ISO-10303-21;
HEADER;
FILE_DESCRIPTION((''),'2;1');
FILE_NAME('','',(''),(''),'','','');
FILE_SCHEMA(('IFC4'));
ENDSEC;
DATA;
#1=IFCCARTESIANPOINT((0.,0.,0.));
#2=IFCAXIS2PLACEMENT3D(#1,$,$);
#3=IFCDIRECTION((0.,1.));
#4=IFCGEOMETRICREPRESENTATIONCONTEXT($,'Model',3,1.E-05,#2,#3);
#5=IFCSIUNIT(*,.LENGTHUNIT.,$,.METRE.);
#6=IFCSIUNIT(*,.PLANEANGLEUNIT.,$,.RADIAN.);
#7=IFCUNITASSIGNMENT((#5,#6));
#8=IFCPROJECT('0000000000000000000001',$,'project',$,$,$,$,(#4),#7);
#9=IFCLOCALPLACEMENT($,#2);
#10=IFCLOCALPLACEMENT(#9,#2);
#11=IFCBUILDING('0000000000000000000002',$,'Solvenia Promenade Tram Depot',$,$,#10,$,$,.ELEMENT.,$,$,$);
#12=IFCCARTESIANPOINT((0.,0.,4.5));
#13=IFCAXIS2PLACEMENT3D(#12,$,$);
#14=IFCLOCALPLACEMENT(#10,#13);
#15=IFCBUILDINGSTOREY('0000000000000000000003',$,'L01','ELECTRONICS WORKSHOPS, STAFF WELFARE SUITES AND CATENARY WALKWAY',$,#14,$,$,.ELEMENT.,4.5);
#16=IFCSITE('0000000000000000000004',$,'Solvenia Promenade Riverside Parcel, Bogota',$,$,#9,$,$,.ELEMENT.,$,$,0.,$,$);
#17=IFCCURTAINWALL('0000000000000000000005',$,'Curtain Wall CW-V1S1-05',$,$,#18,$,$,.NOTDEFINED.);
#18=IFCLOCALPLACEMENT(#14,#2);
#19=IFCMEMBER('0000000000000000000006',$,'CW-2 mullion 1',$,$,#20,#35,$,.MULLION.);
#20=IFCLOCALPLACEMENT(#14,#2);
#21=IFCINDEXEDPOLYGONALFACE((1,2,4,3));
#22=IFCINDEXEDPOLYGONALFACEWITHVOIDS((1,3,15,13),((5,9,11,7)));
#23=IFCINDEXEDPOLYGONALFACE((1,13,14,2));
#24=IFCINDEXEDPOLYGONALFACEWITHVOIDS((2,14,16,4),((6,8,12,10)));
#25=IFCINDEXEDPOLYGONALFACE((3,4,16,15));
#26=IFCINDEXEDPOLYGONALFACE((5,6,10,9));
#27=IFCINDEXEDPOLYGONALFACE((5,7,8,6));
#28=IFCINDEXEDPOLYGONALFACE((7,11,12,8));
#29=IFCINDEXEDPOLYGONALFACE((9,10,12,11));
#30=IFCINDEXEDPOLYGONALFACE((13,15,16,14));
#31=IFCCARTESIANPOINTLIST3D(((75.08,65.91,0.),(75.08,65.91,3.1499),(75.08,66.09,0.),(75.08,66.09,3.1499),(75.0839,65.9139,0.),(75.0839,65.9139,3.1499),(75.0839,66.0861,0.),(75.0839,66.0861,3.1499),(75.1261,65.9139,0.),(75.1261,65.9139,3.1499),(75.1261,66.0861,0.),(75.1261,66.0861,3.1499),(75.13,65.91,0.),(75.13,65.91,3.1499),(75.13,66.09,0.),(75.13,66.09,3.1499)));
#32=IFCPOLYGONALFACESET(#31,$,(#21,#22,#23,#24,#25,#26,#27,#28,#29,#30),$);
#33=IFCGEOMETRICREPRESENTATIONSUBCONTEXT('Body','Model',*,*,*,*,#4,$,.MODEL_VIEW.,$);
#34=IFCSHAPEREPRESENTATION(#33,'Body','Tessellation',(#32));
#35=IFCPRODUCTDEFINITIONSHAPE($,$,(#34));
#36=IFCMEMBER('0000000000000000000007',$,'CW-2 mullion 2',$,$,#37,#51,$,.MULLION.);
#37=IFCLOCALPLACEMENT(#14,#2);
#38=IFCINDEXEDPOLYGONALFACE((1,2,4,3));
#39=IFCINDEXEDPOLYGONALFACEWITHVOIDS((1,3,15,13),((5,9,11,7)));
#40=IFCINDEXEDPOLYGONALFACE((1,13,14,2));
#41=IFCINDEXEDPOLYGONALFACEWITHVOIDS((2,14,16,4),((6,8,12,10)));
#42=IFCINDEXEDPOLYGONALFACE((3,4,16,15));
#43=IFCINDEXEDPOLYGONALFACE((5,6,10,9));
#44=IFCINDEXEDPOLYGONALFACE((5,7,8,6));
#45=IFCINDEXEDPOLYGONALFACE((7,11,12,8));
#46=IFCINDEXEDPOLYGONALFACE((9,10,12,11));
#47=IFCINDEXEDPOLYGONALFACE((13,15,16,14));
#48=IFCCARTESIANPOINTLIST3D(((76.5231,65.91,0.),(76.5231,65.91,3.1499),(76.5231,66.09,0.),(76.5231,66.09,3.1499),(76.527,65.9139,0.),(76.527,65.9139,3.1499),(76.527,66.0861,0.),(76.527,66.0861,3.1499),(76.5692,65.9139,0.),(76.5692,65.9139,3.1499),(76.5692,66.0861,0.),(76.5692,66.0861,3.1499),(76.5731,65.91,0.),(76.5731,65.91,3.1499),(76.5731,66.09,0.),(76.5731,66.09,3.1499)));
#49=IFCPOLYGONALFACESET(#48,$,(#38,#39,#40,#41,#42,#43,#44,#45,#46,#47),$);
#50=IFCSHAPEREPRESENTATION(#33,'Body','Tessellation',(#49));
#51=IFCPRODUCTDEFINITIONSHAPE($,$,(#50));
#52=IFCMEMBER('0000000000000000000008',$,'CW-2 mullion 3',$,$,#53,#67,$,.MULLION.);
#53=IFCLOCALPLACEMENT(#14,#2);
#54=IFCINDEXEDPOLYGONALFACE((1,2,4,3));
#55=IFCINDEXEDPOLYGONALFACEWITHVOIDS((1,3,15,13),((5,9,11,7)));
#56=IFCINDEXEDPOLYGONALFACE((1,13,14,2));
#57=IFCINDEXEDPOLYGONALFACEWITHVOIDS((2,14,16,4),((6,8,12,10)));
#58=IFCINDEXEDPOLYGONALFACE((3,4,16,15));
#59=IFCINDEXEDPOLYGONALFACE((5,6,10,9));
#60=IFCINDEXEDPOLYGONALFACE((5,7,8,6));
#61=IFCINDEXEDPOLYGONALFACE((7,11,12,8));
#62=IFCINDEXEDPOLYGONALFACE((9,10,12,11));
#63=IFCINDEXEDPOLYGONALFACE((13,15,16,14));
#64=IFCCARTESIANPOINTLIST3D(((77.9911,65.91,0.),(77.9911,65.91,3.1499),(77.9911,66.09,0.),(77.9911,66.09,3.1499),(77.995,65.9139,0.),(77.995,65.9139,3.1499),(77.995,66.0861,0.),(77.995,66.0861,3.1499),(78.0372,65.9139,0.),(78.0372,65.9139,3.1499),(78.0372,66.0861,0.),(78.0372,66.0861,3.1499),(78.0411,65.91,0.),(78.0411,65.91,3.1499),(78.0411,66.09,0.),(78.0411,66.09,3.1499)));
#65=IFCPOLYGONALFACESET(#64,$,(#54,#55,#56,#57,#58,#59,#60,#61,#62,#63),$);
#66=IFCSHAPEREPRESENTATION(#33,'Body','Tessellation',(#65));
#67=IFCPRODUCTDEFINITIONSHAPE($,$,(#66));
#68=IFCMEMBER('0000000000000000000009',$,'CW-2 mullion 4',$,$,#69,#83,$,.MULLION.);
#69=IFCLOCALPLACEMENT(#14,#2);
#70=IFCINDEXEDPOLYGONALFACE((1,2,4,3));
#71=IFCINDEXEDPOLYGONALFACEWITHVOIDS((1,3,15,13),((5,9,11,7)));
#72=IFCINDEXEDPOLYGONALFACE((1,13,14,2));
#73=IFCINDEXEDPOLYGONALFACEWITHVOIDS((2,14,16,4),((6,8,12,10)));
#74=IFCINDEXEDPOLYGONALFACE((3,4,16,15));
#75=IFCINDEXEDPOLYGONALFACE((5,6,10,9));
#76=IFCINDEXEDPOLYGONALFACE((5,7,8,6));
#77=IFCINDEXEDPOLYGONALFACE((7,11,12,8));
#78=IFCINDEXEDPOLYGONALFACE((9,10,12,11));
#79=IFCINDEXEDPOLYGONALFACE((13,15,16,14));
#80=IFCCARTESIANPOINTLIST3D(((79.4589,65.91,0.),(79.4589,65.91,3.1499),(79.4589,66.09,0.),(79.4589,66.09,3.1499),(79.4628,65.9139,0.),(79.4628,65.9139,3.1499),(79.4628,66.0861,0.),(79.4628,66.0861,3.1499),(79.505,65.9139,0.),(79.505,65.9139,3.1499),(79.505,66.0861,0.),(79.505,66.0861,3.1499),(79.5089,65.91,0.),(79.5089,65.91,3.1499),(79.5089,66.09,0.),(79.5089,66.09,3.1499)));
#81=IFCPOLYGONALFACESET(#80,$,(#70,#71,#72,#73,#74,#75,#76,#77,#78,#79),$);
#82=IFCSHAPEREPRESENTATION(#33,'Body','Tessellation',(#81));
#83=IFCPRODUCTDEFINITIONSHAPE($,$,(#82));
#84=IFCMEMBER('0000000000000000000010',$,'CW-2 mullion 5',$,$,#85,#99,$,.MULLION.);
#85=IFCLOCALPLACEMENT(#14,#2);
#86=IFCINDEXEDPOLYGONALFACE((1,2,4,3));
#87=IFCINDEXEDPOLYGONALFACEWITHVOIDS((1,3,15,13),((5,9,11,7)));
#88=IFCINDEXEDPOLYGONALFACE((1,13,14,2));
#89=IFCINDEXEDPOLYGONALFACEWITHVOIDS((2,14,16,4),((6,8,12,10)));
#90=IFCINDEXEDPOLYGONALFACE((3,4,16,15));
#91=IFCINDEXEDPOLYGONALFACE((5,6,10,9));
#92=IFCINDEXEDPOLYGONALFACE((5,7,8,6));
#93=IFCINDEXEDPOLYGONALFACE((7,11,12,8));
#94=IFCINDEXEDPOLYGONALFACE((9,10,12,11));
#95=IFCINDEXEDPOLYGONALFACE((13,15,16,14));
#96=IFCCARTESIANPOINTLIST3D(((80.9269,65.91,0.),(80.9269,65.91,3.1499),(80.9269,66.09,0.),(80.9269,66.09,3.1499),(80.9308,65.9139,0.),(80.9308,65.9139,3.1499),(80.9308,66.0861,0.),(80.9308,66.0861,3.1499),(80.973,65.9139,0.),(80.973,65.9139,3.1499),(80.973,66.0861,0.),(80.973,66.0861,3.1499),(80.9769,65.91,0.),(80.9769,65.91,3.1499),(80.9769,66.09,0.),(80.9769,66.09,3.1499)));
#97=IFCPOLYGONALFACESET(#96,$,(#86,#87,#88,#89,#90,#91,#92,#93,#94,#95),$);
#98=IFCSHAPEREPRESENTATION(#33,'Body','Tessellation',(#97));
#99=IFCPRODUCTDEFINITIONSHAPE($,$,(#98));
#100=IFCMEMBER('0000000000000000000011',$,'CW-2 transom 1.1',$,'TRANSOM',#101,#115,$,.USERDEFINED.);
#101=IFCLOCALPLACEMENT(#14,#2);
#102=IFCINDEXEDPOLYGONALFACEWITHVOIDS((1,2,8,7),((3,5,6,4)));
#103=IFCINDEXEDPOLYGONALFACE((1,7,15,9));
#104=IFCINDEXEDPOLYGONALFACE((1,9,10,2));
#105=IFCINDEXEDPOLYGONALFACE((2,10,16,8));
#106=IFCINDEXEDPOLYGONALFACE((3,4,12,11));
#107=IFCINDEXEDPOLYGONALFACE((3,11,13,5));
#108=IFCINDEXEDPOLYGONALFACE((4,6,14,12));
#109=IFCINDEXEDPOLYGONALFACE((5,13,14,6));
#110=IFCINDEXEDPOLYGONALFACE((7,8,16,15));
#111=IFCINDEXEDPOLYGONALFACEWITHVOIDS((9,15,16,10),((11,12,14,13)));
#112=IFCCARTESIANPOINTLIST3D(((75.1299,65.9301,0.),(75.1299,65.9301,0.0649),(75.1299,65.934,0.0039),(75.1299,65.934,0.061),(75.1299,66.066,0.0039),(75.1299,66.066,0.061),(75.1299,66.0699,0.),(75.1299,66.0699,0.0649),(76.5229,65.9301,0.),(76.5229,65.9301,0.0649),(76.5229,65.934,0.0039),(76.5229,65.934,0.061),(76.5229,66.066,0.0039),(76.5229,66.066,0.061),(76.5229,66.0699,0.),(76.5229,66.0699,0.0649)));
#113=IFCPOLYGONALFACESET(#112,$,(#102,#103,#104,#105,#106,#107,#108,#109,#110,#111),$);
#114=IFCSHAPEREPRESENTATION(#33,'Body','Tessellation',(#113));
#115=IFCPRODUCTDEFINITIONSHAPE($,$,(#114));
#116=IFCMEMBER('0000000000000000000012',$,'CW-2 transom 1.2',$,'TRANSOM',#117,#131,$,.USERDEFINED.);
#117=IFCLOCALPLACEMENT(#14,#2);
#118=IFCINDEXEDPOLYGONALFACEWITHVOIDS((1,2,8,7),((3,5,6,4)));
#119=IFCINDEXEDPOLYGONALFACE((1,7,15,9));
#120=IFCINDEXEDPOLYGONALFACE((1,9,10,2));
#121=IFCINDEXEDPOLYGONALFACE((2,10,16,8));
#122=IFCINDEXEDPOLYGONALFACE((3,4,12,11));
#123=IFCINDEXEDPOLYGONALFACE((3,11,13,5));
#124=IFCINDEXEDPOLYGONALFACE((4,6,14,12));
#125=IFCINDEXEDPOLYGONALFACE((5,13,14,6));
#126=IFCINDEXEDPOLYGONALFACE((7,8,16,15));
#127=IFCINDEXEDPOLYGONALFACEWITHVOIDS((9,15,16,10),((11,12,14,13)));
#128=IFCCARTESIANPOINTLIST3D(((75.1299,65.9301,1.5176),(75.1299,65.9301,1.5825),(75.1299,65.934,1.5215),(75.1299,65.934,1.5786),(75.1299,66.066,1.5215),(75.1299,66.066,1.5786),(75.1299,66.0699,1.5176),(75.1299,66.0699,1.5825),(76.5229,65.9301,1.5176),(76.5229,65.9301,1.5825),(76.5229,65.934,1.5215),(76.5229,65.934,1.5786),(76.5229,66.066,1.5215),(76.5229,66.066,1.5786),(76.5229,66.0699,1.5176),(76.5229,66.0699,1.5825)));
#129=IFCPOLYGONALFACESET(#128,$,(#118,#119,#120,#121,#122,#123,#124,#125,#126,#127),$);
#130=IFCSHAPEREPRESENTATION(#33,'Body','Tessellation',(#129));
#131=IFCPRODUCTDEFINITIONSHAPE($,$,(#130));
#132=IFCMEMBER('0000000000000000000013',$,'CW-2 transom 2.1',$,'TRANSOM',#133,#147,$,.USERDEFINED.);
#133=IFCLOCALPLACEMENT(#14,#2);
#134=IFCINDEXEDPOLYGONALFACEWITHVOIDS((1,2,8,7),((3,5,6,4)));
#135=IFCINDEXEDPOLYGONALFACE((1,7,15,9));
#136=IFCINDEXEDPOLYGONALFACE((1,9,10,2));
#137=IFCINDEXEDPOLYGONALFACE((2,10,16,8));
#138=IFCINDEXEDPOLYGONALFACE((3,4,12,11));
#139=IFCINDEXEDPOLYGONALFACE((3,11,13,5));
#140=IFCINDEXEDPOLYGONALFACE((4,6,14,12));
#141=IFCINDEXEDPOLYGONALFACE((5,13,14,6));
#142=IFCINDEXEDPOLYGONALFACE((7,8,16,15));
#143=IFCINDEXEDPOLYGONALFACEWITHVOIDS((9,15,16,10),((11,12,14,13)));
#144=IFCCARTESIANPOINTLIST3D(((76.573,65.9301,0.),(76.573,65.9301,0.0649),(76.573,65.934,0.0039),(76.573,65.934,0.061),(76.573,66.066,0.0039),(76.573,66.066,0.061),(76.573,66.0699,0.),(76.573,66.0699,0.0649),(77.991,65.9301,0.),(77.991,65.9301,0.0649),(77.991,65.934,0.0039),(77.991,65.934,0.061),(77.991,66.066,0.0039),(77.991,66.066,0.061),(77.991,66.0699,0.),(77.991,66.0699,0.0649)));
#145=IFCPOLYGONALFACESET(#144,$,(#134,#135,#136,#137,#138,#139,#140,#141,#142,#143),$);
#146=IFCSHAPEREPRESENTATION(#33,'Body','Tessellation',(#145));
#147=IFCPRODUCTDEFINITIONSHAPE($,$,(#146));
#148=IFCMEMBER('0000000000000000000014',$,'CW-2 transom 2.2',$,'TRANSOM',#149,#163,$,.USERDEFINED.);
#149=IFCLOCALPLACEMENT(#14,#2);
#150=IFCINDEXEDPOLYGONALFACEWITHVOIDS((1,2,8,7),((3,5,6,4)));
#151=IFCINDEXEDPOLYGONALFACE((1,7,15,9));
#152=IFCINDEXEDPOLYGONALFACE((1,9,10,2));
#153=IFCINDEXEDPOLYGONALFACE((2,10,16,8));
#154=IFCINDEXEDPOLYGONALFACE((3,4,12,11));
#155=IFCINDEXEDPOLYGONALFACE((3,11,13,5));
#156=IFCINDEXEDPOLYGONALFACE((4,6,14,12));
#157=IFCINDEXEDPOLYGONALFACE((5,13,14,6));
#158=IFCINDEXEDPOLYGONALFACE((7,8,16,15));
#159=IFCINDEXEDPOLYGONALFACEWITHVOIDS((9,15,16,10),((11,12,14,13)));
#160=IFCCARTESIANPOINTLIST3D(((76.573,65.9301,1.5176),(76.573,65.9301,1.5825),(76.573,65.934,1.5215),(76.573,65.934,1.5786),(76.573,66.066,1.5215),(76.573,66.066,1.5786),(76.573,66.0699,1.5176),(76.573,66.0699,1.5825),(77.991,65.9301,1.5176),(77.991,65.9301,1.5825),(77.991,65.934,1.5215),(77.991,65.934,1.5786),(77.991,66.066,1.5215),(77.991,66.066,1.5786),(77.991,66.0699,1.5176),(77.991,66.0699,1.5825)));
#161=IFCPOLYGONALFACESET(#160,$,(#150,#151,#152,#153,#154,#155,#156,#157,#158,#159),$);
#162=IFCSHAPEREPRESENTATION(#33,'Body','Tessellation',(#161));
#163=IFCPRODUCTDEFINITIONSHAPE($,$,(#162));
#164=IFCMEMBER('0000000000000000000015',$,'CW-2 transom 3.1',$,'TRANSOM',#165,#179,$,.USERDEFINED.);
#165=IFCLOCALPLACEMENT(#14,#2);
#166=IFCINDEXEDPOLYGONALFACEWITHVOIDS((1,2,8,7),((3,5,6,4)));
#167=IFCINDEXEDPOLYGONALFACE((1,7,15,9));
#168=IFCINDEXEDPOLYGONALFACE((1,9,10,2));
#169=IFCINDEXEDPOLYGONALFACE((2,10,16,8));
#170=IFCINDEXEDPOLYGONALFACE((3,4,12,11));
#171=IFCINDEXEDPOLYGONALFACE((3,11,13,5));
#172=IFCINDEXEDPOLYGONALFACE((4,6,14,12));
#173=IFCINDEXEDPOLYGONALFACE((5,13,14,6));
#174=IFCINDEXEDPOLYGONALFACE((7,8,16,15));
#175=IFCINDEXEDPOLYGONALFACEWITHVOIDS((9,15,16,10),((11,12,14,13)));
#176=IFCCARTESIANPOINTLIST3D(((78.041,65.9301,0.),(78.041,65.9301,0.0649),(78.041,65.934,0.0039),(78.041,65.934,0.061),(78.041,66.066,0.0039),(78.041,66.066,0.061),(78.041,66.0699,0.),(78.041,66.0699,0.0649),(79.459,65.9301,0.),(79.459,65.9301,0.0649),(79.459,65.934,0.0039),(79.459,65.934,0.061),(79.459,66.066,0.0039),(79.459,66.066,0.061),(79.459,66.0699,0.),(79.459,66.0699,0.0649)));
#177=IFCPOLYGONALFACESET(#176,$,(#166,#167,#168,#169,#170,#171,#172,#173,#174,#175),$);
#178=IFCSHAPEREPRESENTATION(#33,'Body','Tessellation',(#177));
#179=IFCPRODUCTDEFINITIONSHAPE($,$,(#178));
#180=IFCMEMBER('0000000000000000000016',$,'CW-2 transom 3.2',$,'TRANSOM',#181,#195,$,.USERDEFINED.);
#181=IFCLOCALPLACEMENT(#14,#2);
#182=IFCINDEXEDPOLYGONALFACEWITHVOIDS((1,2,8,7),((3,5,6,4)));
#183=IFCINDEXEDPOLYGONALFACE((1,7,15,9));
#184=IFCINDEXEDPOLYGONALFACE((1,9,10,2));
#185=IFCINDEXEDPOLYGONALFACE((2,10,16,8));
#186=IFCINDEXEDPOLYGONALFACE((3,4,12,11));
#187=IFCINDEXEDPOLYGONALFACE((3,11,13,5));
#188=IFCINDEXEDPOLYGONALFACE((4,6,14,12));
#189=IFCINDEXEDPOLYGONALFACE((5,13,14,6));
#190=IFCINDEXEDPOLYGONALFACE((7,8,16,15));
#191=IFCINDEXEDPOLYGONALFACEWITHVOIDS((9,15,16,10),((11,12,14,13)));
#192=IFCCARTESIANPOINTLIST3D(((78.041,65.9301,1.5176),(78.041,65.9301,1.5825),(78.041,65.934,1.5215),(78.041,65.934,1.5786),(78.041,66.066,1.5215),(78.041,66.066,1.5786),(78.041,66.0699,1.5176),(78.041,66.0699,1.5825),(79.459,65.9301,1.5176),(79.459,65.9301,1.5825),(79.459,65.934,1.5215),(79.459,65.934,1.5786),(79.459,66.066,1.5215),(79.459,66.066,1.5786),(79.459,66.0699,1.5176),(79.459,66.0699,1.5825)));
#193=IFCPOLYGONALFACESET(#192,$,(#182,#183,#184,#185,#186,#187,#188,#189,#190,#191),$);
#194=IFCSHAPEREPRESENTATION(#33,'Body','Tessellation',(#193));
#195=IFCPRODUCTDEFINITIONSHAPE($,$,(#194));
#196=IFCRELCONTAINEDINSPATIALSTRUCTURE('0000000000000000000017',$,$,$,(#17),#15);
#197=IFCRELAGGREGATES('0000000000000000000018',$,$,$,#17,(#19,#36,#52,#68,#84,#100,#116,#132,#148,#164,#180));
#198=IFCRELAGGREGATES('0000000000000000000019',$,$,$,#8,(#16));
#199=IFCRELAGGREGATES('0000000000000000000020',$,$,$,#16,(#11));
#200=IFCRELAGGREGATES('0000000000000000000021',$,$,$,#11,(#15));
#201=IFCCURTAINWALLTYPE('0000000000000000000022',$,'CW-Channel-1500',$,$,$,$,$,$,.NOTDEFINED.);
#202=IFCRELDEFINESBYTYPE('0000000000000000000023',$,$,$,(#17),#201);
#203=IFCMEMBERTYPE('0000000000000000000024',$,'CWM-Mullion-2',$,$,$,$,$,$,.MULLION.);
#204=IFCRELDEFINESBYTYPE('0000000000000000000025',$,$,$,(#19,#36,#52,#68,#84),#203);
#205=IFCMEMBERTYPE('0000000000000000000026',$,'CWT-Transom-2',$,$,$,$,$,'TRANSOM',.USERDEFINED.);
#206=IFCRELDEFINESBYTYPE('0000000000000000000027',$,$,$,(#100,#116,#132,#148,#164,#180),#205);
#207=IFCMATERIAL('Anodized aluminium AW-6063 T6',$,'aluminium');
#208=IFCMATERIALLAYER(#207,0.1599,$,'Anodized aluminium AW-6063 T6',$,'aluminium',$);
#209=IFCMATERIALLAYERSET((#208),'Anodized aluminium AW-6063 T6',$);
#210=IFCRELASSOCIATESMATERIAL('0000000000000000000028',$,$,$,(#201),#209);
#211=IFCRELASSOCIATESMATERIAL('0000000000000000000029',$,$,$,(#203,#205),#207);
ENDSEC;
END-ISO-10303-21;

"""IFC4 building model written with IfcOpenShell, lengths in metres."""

from ifc_helpers import new_model, si_unit, direction, frame, origin, origin_2d, place, context, subcontext, project, spatial, hollow_rectangle, extrude, material, layer, layer_set, material_profile, profile_set, type_object, element, aggregate, save


model = new_model("IFC4")

# Units and contexts
model_context = context("Model", 3, precision=1e-05, world=origin(), true_north=direction((0.0, 1.0)))
body_context = subcontext(model_context, "Body", "Model", "MODEL_VIEW")
ifc_project = project(units=[si_unit("LENGTHUNIT", "METRE"), si_unit("PLANEANGLEUNIT", "RADIAN")], contexts=[model_context])

# Site, building, storey
site_placement = place(None, origin())
site = spatial("IfcSite", under=ifc_project, at=site_placement, Name="Solvenia Promenade Riverside Parcel, Bogota", CompositionType="ELEMENT", RefElevation=0.0)
building_placement = place(site_placement, origin())
building = spatial("IfcBuilding", under=site, at=building_placement, Name="Solvenia Promenade Tram Depot", CompositionType="ELEMENT")
storey_placement = place(building_placement, frame((0.0, 0.0, 4.5)))
storey = spatial("IfcBuildingStorey", under=building, at=storey_placement, Name="L01", Description="ELECTRONICS WORKSHOPS, STAFF WELFARE SUITES AND CATENARY WALKWAY", CompositionType="ELEMENT", Elevation=4.5)

# Curtain wall, members
ifc_material_1 = material(Name="Anodized aluminium AW-6063 T6", Category="aluminium")
ifc_layer_1 = layer(ifc_material_1, 0.1599, Name="Anodized aluminium AW-6063 T6", Category="aluminium")
ifc_layer_set_1 = layer_set([ifc_layer_1], Name="Anodized aluminium AW-6063 T6")
curtain_wall_type = type_object("IfcCurtainWallType", Name="CW-Channel-1500", PredefinedType="NOTDEFINED", material=ifc_layer_set_1)
curtain_wall_placement = place(storey_placement, origin())
curtain_wall = element("IfcCurtainWall", 1, at=curtain_wall_placement, inside=storey, type_object=curtain_wall_type, Name="Curtain Wall CW-V1S1-05", PredefinedType="NOTDEFINED")
ifc_material_profile_1 = material_profile(ifc_material_1, hollow_rectangle(XDim=0.1799, YDim=0.05, WallThickness=0.0039, at=origin_2d()), Name="ALU-M2", Category="aluminium")
ifc_profile_set_1 = profile_set([ifc_material_profile_1], Name="Anodized aluminium AW-6063 T6")
member_type_1 = type_object("IfcMemberType", Name="CWM-Mullion-2", PredefinedType="MULLION", material=ifc_profile_set_1)
member_1_placement = place(storey_placement, frame((75.105, 66.0, 0.0), z_axis=(0.0, 0.0, 1.0), x_axis=(0.0, 1.0, 0.0)))
member_1 = element("IfcMember", 2, at=member_1_placement, type_object=member_type_1, Name="CW-2 mullion 1", PredefinedType="MULLION", context=body_context, shape_type="SweptSolid", body=[
    extrude(hollow_rectangle(XDim=0.1799, YDim=0.05, WallThickness=0.0039, at=origin_2d()), origin(), (0.0, 0.0, 1.0), 3.1499),
])
member_2_placement = place(storey_placement, frame((76.5481, 66.0, 0.0), z_axis=(0.0, 0.0, 1.0), x_axis=(0.0, 1.0, 0.0)))
member_2 = element("IfcMember", 3, at=member_2_placement, type_object=member_type_1, Name="CW-2 mullion 2", PredefinedType="MULLION", context=body_context, shape_type="SweptSolid", body=[
    extrude(hollow_rectangle(XDim=0.1799, YDim=0.05, WallThickness=0.0039, at=origin_2d()), origin(), (0.0, 0.0, 1.0), 3.1499),
])
member_3_placement = place(storey_placement, frame((78.0161, 66.0, 0.0), z_axis=(0.0, 0.0, 1.0), x_axis=(0.0, 1.0, 0.0)))
member_3 = element("IfcMember", 4, at=member_3_placement, type_object=member_type_1, Name="CW-2 mullion 3", PredefinedType="MULLION", context=body_context, shape_type="SweptSolid", body=[
    extrude(hollow_rectangle(XDim=0.1799, YDim=0.05, WallThickness=0.0039, at=origin_2d()), origin(), (0.0, 0.0, 1.0), 3.1499),
])
member_4_placement = place(storey_placement, frame((79.4839, 66.0, 0.0), z_axis=(0.0, 0.0, 1.0), x_axis=(0.0, 1.0, 0.0)))
member_4 = element("IfcMember", 5, at=member_4_placement, type_object=member_type_1, Name="CW-2 mullion 4", PredefinedType="MULLION", context=body_context, shape_type="SweptSolid", body=[
    extrude(hollow_rectangle(XDim=0.1799, YDim=0.05, WallThickness=0.0039, at=origin_2d()), origin(), (0.0, 0.0, 1.0), 3.1499),
])
member_5_placement = place(storey_placement, frame((80.9519, 66.0, 0.0), z_axis=(0.0, 0.0, 1.0), x_axis=(0.0, 1.0, 0.0)))
member_5 = element("IfcMember", 6, at=member_5_placement, type_object=member_type_1, Name="CW-2 mullion 5", PredefinedType="MULLION", context=body_context, shape_type="SweptSolid", body=[
    extrude(hollow_rectangle(XDim=0.1799, YDim=0.05, WallThickness=0.0039, at=origin_2d()), origin(), (0.0, 0.0, 1.0), 3.1499),
])
ifc_material_profile_2 = material_profile(ifc_material_1, hollow_rectangle(XDim=0.1399, YDim=0.0649, WallThickness=0.0039, at=origin_2d()), Name="ALU-T2", Category="aluminium")
ifc_profile_set_2 = profile_set([ifc_material_profile_2], Name="Anodized aluminium AW-6063 T6")
member_type_2 = type_object("IfcMemberType", Name="CWT-Transom-2", ElementType="TRANSOM", PredefinedType="USERDEFINED", material=ifc_profile_set_2)
member_6_placement = place(storey_placement, frame((75.1299, 66.0, 0.0325), z_axis=(1.0, 0.0, 0.0), x_axis=(0.0, 1.0, 0.0)))
member_6 = element("IfcMember", 7, at=member_6_placement, type_object=member_type_2, Name="CW-2 transom 1.1", ObjectType="TRANSOM", PredefinedType="USERDEFINED", context=body_context, shape_type="SweptSolid", body=[
    extrude(hollow_rectangle(XDim=0.1399, YDim=0.0649, WallThickness=0.0039, at=origin_2d()), origin(), (0.0, 0.0, 1.0), 1.3931),
])
member_7_placement = place(storey_placement, frame((75.1299, 66.0, 1.55), z_axis=(1.0, 0.0, 0.0), x_axis=(0.0, 1.0, 0.0)))
member_7 = element("IfcMember", 8, at=member_7_placement, type_object=member_type_2, Name="CW-2 transom 1.2", ObjectType="TRANSOM", PredefinedType="USERDEFINED", context=body_context, shape_type="SweptSolid", body=[
    extrude(hollow_rectangle(XDim=0.1399, YDim=0.0649, WallThickness=0.0039, at=origin_2d()), origin(), (0.0, 0.0, 1.0), 1.3931),
])
member_8_placement = place(storey_placement, frame((76.573, 66.0, 0.0325), z_axis=(1.0, 0.0, 0.0), x_axis=(0.0, 1.0, 0.0)))
member_8 = element("IfcMember", 9, at=member_8_placement, type_object=member_type_2, Name="CW-2 transom 2.1", ObjectType="TRANSOM", PredefinedType="USERDEFINED", context=body_context, shape_type="SweptSolid", body=[
    extrude(hollow_rectangle(XDim=0.1399, YDim=0.0649, WallThickness=0.0039, at=origin_2d()), origin(), (0.0, 0.0, 1.0), 1.418),
])
member_9_placement = place(storey_placement, frame((76.573, 66.0, 1.55), z_axis=(1.0, 0.0, 0.0), x_axis=(0.0, 1.0, 0.0)))
member_9 = element("IfcMember", 10, at=member_9_placement, type_object=member_type_2, Name="CW-2 transom 2.2", ObjectType="TRANSOM", PredefinedType="USERDEFINED", context=body_context, shape_type="SweptSolid", body=[
    extrude(hollow_rectangle(XDim=0.1399, YDim=0.0649, WallThickness=0.0039, at=origin_2d()), origin(), (0.0, 0.0, 1.0), 1.418),
])
member_10_placement = place(storey_placement, frame((78.041, 66.0, 0.0325), z_axis=(1.0, 0.0, 0.0), x_axis=(0.0, 1.0, 0.0)))
member_10 = element("IfcMember", 11, at=member_10_placement, type_object=member_type_2, Name="CW-2 transom 3.1", ObjectType="TRANSOM", PredefinedType="USERDEFINED", context=body_context, shape_type="SweptSolid", body=[
    extrude(hollow_rectangle(XDim=0.1399, YDim=0.0649, WallThickness=0.0039, at=origin_2d()), origin(), (0.0, 0.0, 1.0), 1.418),
])
member_11_placement = place(storey_placement, frame((78.041, 66.0, 1.55), z_axis=(1.0, 0.0, 0.0), x_axis=(0.0, 1.0, 0.0)))
member_11 = element("IfcMember", 12, at=member_11_placement, type_object=member_type_2, Name="CW-2 transom 3.2", ObjectType="TRANSOM", PredefinedType="USERDEFINED", context=body_context, shape_type="SweptSolid", body=[
    extrude(hollow_rectangle(XDim=0.1399, YDim=0.0649, WallThickness=0.0039, at=origin_2d()), origin(), (0.0, 0.0, 1.0), 1.418),
])

aggregate(curtain_wall, [member_1, member_2, member_3, member_4, member_5, member_6, member_7, member_8, member_9, member_10, member_11])

save(model, "model.ifc")
